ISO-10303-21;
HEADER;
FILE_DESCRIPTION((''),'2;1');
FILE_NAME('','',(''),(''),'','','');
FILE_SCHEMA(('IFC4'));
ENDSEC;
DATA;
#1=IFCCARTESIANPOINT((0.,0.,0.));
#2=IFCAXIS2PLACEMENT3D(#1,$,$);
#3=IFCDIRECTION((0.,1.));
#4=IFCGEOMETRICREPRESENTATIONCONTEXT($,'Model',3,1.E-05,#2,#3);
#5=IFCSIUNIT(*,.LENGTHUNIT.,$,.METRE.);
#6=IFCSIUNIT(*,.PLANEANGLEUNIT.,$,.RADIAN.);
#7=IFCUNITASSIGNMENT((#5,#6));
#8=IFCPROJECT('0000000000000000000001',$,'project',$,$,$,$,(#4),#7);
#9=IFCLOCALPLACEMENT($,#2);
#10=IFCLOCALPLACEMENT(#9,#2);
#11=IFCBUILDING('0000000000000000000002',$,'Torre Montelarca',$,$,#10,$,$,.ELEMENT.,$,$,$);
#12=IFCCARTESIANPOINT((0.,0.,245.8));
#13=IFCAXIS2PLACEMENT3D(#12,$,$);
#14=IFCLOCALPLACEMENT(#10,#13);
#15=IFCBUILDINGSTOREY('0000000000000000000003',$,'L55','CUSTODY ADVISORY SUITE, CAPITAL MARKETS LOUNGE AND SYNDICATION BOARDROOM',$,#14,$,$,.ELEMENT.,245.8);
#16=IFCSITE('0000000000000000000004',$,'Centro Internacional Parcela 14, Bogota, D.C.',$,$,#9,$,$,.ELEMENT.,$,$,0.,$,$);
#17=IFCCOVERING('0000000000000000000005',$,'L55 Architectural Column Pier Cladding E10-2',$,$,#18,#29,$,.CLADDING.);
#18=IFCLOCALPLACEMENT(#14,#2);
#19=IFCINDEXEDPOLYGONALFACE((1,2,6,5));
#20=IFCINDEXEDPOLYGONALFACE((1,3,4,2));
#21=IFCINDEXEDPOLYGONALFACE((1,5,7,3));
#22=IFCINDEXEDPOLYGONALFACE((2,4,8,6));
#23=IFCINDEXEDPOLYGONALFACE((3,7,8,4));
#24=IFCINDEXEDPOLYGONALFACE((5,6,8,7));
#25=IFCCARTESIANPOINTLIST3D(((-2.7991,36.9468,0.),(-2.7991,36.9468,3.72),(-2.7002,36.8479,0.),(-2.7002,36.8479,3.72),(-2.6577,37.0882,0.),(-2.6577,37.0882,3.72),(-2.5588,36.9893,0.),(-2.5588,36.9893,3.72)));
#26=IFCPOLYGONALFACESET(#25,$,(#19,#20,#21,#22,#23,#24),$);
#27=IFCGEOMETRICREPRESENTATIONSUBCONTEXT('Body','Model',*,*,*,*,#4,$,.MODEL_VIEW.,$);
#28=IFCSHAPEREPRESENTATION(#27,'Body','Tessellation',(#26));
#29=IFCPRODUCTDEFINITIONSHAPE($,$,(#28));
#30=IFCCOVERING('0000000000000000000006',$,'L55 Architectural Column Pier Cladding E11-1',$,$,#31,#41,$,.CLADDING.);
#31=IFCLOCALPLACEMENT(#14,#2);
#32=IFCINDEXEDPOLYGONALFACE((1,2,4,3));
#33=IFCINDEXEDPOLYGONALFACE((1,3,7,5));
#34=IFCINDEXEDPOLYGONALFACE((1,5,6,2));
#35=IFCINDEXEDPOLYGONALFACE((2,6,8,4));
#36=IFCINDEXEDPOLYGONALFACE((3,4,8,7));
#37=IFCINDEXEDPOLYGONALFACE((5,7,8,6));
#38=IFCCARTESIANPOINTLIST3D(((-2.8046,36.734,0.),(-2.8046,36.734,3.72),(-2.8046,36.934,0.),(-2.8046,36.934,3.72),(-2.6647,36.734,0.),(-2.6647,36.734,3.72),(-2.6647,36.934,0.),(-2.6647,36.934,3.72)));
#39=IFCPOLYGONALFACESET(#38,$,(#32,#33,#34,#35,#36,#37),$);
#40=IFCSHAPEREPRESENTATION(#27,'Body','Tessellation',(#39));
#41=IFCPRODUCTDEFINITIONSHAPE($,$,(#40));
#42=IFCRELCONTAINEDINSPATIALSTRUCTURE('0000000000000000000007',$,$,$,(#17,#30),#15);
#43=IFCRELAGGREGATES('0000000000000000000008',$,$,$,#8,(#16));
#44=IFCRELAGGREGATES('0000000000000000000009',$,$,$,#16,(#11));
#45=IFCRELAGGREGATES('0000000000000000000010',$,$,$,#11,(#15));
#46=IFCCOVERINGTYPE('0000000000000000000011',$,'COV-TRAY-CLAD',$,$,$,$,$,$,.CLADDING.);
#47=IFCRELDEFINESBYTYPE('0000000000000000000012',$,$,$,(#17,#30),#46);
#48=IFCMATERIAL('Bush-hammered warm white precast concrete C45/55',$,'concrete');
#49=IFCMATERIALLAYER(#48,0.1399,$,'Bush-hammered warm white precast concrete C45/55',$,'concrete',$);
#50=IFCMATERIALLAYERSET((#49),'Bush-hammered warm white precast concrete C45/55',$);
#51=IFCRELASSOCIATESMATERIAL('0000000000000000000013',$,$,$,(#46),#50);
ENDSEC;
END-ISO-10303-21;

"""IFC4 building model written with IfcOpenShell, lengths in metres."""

from ifc_helpers import new_model, si_unit, direction, frame, origin, origin_2d, place, context, subcontext, project, spatial, rectangle, extrude, source, transform, mapped, material, layer, layer_set, type_object, element, save


model = new_model("IFC4")

# Units and contexts
model_context = context("Model", 3, precision=1e-05, world=origin(), true_north=direction((0.0, 1.0)))
body_context = subcontext(model_context, "Body", "Model", "MODEL_VIEW")
ifc_project = project(units=[si_unit("LENGTHUNIT", "METRE"), si_unit("PLANEANGLEUNIT", "RADIAN")], contexts=[model_context])

# Site, building, storey
site_placement = place(None, origin())
site = spatial("IfcSite", under=ifc_project, at=site_placement, Name="Centro Internacional Parcela 14, Bogota, D.C.", CompositionType="ELEMENT", RefElevation=0.0)
building_placement = place(site_placement, origin())
building = spatial("IfcBuilding", under=site, at=building_placement, Name="Torre Montelarca", CompositionType="ELEMENT")
storey_placement = place(building_placement, frame((0.0, 0.0, 245.8)))
storey = spatial("IfcBuildingStorey", under=building, at=storey_placement, Name="L55", Description="CUSTODY ADVISORY SUITE, CAPITAL MARKETS LOUNGE AND SYNDICATION BOARDROOM", CompositionType="ELEMENT", Elevation=245.8)

# Coverings
ifc_material_1 = material(Name="Bush-hammered warm white precast concrete C45/55", Category="concrete")
ifc_layer_1 = layer(ifc_material_1, 0.1399, Name="Bush-hammered warm white precast concrete C45/55", Category="concrete")
ifc_layer_set_1 = layer_set([ifc_layer_1], Name="Bush-hammered warm white precast concrete C45/55")
covering_type = type_object("IfcCoveringType", Name="COV-TRAY-CLAD", PredefinedType="CLADDING", material=ifc_layer_set_1)
shared_shape_1 = source(origin(), body_context, "Body", "SweptSolid", [
    extrude(rectangle(XDim=0.2, YDim=0.1399, at=origin_2d()), origin(), (0.0, 0.0, 1.0), 3.72),
])
for number, where, z_axis, x_axis, name in (
    (1, (-2.679, 36.968, 0.0), (0.0, 0.0, 1.0), (-0.707104, -0.707109, 0.0), "L55 Architectural Column Pier Cladding E10-2"),
    (2, (-2.7346, 36.834, 0.0), (0.0, 0.0, 1.0), (0.0, -1.0, 0.0), "L55 Architectural Column Pier Cladding E11-1"),
):
    element("IfcCovering", number, at=place(storey_placement, frame(where, z_axis=z_axis, x_axis=x_axis)), inside=storey, type_object=covering_type, Name=name, PredefinedType="CLADDING", context=body_context, shape_type="MappedRepresentation", body=[
        mapped(shared_shape_1, transform((0.0, 0.0, 0.0), scale=1.0)),
    ])

save(model, "model.ifc")
